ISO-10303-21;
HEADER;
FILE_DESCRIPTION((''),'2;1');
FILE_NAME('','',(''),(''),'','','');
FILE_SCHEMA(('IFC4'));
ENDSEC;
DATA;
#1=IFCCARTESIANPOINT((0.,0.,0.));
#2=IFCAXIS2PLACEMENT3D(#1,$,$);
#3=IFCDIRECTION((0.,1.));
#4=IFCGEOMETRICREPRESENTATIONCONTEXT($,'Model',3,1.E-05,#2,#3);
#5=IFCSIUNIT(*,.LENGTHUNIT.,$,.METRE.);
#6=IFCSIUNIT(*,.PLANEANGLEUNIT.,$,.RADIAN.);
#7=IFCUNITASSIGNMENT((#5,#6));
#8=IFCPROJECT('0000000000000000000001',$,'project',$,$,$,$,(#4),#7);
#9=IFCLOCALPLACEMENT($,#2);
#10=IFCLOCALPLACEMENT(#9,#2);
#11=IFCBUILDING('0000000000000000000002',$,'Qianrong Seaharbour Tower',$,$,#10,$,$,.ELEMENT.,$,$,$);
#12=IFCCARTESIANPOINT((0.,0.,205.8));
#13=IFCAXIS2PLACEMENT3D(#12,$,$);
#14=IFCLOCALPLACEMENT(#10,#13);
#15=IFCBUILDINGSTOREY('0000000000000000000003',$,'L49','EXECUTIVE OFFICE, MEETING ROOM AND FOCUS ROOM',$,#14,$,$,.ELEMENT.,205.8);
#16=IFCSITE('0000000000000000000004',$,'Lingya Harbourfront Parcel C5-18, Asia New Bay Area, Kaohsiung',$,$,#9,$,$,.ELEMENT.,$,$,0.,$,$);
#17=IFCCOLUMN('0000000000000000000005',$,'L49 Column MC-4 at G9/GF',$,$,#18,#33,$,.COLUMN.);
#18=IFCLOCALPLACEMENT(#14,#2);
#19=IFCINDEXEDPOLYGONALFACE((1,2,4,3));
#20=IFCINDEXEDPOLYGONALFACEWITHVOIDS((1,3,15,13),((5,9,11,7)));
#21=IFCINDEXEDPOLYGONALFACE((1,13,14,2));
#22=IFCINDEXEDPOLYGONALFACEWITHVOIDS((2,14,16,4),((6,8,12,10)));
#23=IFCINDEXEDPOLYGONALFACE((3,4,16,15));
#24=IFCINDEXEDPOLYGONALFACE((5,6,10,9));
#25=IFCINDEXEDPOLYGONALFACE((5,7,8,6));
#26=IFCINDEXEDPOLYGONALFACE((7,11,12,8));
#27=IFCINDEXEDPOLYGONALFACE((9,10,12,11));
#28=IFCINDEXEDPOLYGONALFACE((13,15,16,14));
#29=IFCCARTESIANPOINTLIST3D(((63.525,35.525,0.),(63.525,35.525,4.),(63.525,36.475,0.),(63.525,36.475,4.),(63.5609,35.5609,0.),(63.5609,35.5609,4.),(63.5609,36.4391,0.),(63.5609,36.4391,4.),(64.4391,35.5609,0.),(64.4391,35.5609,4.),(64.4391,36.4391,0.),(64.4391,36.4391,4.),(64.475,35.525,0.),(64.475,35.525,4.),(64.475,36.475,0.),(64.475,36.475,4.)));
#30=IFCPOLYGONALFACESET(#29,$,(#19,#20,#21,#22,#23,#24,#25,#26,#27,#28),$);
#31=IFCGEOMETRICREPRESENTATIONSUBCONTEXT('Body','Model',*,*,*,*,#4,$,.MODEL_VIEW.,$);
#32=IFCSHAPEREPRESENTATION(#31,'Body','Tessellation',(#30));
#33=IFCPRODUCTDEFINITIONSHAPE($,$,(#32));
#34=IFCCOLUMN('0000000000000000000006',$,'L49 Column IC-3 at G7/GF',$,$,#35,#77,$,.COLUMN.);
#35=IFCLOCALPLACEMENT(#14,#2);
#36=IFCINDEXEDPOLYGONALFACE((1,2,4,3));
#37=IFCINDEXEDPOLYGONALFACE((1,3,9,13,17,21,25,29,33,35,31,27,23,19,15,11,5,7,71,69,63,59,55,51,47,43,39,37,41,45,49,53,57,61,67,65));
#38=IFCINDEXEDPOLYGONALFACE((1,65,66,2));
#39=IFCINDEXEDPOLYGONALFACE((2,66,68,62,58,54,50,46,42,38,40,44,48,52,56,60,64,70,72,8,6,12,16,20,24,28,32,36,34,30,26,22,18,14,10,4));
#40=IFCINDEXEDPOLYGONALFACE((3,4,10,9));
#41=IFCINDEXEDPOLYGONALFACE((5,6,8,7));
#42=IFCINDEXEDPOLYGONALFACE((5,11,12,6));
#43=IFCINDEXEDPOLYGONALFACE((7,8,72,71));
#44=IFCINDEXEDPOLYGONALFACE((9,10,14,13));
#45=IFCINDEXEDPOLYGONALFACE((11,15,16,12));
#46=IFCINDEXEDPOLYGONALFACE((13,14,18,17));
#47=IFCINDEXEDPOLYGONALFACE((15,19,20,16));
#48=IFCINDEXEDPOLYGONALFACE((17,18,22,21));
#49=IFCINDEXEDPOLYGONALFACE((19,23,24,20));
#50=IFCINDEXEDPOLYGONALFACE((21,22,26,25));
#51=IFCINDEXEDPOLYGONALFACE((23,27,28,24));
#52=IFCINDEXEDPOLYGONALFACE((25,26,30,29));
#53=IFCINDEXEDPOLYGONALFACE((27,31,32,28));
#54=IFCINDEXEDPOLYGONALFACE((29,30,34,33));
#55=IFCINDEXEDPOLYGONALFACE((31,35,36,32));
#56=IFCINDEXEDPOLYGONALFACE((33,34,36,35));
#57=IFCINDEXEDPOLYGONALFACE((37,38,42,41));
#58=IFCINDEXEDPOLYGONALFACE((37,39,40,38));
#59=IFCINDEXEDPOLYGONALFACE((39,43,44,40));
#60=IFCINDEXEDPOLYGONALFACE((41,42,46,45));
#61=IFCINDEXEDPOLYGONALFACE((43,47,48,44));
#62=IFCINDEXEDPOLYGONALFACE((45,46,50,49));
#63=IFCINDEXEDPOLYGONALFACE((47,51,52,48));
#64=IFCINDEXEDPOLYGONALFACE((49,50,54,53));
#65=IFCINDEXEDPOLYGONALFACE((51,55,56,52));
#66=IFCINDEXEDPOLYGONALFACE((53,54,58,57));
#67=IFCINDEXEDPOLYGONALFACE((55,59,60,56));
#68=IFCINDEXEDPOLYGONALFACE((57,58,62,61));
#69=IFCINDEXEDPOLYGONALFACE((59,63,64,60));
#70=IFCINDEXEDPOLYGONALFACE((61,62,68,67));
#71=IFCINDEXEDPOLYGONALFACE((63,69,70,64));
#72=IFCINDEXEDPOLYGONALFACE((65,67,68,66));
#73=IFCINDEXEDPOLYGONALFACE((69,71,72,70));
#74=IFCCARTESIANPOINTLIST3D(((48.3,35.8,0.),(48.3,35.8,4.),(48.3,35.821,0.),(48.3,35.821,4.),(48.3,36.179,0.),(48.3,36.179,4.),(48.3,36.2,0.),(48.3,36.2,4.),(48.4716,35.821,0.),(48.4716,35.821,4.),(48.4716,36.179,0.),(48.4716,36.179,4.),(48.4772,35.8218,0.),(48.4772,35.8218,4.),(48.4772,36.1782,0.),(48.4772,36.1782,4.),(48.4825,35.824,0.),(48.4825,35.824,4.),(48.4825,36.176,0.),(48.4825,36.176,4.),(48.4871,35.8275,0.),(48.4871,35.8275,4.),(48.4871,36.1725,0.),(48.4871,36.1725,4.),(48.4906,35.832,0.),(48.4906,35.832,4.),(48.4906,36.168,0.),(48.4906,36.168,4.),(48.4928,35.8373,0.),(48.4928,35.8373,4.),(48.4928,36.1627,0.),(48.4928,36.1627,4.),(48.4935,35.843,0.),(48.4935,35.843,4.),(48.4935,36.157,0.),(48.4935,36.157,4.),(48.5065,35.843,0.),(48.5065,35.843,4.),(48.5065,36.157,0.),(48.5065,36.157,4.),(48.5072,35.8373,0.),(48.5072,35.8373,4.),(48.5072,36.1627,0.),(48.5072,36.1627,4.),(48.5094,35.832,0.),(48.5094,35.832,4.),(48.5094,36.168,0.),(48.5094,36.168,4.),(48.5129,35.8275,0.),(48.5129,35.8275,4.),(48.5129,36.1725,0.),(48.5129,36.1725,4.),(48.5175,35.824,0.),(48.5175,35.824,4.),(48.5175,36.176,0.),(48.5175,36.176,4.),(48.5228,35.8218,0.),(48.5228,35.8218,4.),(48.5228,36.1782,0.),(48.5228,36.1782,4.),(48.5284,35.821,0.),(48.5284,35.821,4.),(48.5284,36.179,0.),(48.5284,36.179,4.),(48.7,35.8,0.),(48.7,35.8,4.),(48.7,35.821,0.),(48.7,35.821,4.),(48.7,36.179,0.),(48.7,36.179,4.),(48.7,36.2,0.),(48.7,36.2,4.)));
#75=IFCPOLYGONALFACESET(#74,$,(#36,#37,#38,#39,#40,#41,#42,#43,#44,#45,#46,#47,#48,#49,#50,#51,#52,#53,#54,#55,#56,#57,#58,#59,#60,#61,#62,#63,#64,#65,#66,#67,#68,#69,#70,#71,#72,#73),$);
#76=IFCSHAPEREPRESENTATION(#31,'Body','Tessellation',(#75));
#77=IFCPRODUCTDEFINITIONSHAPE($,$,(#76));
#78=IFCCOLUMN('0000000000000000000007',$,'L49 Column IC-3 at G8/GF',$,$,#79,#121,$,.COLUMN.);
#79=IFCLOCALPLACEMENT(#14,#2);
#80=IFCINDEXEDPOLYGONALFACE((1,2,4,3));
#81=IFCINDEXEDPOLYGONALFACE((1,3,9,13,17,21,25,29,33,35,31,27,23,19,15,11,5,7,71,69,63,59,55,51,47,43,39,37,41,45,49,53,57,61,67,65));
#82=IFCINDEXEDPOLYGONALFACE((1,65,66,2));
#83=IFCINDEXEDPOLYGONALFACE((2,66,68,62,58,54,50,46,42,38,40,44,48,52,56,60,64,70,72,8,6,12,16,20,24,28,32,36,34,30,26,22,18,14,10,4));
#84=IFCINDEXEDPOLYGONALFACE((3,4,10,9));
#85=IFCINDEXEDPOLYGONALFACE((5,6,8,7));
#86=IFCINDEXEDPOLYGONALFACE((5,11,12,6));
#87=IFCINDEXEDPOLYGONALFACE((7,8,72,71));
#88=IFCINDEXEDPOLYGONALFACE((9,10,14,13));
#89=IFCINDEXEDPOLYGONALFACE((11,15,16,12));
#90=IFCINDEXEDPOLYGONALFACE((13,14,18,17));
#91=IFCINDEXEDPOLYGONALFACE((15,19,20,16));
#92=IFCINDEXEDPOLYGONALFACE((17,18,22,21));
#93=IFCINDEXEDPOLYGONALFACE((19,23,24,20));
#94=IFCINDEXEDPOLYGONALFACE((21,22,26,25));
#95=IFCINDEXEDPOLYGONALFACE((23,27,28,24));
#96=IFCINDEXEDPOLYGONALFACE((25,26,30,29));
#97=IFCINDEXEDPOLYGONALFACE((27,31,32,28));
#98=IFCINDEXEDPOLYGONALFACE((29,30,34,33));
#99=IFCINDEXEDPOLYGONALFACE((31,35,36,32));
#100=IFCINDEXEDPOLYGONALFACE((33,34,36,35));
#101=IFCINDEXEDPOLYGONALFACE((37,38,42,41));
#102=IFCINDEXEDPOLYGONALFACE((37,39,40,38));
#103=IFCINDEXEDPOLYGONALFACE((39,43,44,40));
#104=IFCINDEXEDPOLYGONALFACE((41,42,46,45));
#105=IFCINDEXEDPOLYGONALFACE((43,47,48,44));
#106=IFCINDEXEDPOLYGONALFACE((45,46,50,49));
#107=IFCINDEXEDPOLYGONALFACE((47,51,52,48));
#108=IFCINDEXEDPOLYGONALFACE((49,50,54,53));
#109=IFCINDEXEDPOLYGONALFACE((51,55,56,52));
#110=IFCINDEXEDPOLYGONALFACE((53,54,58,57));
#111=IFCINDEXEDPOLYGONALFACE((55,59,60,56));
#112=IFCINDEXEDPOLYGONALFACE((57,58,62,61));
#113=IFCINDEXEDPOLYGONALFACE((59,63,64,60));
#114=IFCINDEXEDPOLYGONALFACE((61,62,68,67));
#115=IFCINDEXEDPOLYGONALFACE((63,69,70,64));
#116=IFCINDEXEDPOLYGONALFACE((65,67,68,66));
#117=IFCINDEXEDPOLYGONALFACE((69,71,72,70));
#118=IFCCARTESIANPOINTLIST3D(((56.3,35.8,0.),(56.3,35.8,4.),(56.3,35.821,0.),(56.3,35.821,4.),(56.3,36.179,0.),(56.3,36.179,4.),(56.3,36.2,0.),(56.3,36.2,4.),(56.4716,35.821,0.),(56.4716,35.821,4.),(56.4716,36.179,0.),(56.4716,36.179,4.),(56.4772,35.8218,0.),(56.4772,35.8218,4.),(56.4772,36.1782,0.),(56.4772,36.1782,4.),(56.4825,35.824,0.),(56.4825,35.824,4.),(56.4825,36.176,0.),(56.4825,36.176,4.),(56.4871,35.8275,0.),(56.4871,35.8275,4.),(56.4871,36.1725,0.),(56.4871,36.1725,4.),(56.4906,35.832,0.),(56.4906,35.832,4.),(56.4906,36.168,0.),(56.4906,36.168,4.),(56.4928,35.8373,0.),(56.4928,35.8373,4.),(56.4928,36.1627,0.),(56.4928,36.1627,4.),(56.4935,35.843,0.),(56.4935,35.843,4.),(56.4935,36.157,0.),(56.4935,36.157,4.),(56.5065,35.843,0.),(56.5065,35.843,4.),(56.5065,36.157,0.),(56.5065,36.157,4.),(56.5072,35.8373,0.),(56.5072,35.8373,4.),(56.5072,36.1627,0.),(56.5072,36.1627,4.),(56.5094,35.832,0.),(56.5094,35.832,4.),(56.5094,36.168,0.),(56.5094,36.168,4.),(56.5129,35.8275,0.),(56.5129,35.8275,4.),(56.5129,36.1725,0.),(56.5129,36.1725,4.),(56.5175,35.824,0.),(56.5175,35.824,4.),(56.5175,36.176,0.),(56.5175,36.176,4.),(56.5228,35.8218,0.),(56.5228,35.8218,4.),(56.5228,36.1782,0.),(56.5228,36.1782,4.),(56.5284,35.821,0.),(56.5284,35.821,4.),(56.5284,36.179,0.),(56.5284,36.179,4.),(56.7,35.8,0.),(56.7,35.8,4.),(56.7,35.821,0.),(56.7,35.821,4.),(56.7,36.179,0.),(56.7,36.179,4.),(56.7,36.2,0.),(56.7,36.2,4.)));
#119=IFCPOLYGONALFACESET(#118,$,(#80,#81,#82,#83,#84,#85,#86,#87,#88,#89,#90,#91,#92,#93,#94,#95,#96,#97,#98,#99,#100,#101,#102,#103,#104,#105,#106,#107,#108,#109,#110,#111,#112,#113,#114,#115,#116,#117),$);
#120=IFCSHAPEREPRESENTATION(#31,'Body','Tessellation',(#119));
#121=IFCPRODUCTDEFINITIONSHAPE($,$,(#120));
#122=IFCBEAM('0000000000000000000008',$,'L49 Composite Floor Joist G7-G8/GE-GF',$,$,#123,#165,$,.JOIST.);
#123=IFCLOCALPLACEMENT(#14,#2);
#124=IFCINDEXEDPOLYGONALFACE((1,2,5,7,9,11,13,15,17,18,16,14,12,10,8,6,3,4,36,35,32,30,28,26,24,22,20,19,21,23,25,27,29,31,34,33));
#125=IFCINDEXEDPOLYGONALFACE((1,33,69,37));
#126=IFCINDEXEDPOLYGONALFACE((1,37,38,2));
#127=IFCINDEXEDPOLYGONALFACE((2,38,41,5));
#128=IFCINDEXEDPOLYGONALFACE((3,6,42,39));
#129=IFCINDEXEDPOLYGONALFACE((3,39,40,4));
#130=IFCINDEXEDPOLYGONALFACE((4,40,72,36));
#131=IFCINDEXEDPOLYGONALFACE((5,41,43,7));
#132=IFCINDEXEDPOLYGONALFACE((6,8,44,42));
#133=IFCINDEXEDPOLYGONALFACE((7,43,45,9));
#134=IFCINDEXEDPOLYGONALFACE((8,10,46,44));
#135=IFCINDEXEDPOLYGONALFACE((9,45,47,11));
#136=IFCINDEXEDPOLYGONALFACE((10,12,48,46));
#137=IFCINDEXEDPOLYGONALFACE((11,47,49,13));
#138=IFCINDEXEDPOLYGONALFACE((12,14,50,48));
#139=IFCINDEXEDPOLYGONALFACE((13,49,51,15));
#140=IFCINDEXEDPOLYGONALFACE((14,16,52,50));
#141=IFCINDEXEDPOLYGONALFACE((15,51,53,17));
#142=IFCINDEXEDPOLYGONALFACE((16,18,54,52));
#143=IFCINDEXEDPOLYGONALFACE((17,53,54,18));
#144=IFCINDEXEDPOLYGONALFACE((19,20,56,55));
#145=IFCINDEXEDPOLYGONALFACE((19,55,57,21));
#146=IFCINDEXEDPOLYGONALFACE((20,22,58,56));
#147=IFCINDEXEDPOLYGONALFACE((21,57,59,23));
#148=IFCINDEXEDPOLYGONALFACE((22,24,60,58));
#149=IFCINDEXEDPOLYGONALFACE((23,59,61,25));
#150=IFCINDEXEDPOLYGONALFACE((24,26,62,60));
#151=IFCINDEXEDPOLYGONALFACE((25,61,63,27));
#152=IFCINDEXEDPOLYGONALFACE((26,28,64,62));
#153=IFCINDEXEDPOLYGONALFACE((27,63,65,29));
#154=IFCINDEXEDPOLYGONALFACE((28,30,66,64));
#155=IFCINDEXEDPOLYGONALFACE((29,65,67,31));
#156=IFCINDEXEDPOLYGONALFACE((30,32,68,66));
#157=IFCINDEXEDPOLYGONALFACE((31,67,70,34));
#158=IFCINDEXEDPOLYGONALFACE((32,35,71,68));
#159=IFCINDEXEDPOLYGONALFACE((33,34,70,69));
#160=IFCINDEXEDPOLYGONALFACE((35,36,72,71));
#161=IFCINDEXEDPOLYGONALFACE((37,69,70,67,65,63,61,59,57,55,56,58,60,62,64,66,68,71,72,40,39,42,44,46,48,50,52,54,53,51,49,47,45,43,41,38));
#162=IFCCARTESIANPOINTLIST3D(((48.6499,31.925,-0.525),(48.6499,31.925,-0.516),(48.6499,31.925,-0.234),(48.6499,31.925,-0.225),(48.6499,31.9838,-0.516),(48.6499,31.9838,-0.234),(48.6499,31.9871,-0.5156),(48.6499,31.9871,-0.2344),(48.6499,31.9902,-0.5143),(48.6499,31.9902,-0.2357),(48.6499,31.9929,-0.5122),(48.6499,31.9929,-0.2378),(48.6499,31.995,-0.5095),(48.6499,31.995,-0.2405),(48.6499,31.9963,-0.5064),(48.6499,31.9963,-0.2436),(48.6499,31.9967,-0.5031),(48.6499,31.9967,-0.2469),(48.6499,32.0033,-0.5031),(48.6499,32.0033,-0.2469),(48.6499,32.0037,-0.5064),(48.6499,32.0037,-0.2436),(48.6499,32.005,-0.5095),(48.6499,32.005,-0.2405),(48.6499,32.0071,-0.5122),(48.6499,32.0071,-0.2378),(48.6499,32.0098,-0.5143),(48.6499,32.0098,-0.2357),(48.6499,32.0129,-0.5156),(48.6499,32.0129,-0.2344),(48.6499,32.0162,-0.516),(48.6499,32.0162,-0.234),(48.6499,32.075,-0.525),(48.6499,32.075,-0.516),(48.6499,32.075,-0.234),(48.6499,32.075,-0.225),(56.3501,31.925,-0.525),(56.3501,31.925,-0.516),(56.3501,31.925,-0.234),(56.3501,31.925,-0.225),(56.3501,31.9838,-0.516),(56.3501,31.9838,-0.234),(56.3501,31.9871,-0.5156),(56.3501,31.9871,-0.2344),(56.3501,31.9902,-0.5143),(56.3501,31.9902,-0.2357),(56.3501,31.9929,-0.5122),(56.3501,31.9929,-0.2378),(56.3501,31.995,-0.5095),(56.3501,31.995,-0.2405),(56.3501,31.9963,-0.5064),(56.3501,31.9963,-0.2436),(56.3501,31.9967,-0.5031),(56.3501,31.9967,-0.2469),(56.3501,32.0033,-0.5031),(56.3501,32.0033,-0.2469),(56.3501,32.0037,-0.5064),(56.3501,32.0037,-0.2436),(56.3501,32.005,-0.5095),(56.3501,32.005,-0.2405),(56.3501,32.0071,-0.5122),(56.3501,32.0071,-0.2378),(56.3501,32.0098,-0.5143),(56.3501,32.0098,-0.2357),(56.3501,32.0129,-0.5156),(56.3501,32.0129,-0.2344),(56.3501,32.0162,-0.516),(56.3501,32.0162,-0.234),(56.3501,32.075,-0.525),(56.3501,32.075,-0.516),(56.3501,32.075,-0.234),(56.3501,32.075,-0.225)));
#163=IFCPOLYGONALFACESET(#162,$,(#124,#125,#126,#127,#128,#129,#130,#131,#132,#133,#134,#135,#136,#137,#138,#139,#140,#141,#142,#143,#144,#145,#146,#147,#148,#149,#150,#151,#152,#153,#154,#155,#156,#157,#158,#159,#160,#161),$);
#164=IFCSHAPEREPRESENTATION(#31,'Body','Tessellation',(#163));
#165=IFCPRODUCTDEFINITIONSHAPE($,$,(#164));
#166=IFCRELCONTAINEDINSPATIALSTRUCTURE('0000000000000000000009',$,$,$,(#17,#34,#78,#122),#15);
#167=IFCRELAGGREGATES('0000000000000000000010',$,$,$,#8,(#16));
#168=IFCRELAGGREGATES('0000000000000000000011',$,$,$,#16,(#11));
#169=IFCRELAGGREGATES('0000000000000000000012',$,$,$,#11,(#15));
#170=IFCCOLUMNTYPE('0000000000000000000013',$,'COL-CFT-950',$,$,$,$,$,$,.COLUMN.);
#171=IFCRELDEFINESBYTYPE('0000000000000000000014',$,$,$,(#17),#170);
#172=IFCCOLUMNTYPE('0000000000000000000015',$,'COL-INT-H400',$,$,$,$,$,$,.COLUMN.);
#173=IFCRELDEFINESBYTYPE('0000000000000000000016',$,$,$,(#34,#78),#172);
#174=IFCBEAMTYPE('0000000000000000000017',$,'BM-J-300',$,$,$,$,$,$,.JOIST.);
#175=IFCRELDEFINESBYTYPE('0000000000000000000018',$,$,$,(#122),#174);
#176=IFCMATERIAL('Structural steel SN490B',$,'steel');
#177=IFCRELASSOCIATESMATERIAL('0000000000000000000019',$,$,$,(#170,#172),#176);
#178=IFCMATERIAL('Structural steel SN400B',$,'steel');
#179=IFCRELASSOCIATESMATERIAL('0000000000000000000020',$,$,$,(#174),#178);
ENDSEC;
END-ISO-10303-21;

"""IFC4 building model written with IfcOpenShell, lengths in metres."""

from ifc_helpers import new_model, si_unit, direction, frame, origin, origin_2d, place, context, subcontext, project, spatial, hollow_rectangle, i_section, extrude, material, material_profile, profile_set, type_object, element, save


model = new_model("IFC4")

# Units and contexts
model_context = context("Model", 3, precision=1e-05, world=origin(), true_north=direction((0.0, 1.0)))
body_context = subcontext(model_context, "Body", "Model", "MODEL_VIEW")
ifc_project = project(units=[si_unit("LENGTHUNIT", "METRE"), si_unit("PLANEANGLEUNIT", "RADIAN")], contexts=[model_context])

# Site, building, storey
site_placement = place(None, origin())
site = spatial("IfcSite", under=ifc_project, at=site_placement, Name="Lingya Harbourfront Parcel C5-18, Asia New Bay Area, Kaohsiung", CompositionType="ELEMENT", RefElevation=0.0)
building_placement = place(site_placement, origin())
building = spatial("IfcBuilding", under=site, at=building_placement, Name="Qianrong Seaharbour Tower", CompositionType="ELEMENT")
storey_placement = place(building_placement, frame((0.0, 0.0, 205.8)))
storey = spatial("IfcBuildingStorey", under=building, at=storey_placement, Name="L49", Description="EXECUTIVE OFFICE, MEETING ROOM AND FOCUS ROOM", CompositionType="ELEMENT", Elevation=205.8)

# Columns
ifc_material_1 = material(Name="Structural steel SN490B", Category="steel")
ifc_material_profile_1 = material_profile(ifc_material_1, hollow_rectangle(XDim=0.95, YDim=0.95, WallThickness=0.0359, at=origin_2d()), Name="BOX950x950x36")
ifc_profile_set_1 = profile_set([ifc_material_profile_1], Name="Structural steel SN490B")
column_type_1 = type_object("IfcColumnType", Name="COL-CFT-950", PredefinedType="COLUMN", material=ifc_profile_set_1)
column_placement = place(storey_placement, frame((64.0, 36.0, 0.0), z_axis=(0.0, 0.0, 1.0), x_axis=(1.0, 0.0, 0.0)))
element("IfcColumn", 1, at=column_placement, inside=storey, type_object=column_type_1, Name="L49 Column MC-4 at G9/GF", PredefinedType="COLUMN", context=body_context, shape_type="SweptSolid", body=[
    extrude(hollow_rectangle(XDim=0.95, YDim=0.95, WallThickness=0.0359, at=origin_2d()), origin(), (0.0, 0.0, 1.0), 4.0),
])
ifc_material_profile_2 = material_profile(ifc_material_1, i_section(OverallWidth=0.3999, OverallDepth=0.3999, WebThickness=0.0129, FlangeThickness=0.021, FilletRadius=0.022, at=origin_2d()), Name="H400x400x13x21")
ifc_profile_set_2 = profile_set([ifc_material_profile_2], Name="Structural steel SN490B")
column_type_2 = type_object("IfcColumnType", Name="COL-INT-H400", PredefinedType="COLUMN", material=ifc_profile_set_2)
for number, where, z_axis, x_axis, name in (
    (2, (48.5, 36.0, 0.0), (0.0, 0.0, 1.0), (1.0, 0.0, 0.0), "L49 Column IC-3 at G7/GF"),
    (3, (56.5, 36.0, 0.0), (0.0, 0.0, 1.0), (1.0, 0.0, 0.0), "L49 Column IC-3 at G8/GF"),
):
    element("IfcColumn", number, at=place(storey_placement, frame(where, z_axis=z_axis, x_axis=x_axis)), inside=storey, type_object=column_type_2, Name=name, PredefinedType="COLUMN", context=body_context, shape_type="SweptSolid", body=[
        extrude(i_section(OverallWidth=0.3999, OverallDepth=0.3999, WebThickness=0.0129, FlangeThickness=0.021, FilletRadius=0.022, at=origin_2d()), origin(), (0.0, 0.0, 1.0), 4.0),
    ])

# Beam
ifc_material_2 = material(Name="Structural steel SN400B", Category="steel")
ifc_material_profile_3 = material_profile(ifc_material_2, i_section(OverallWidth=0.1499, OverallDepth=0.3, WebThickness=0.0066, FlangeThickness=0.009, FilletRadius=0.0129, at=origin_2d()), Name="H300x150x6.5x9")
ifc_profile_set_3 = profile_set([ifc_material_profile_3], Name="Structural steel SN400B")
beam_type_1 = type_object("IfcBeamType", Name="BM-J-300", PredefinedType="JOIST", material=ifc_profile_set_3)
beam_1_placement = place(storey_placement, frame((48.6499, 32.0, -0.375), z_axis=(1.0, 0.0, 0.0), x_axis=(0.0, 1.0, 0.0)))
element("IfcBeam", 4, at=beam_1_placement, inside=storey, type_object=beam_type_1, Name="L49 Composite Floor Joist G7-G8/GE-GF", PredefinedType="JOIST", context=body_context, shape_type="SweptSolid", body=[
    extrude(i_section(OverallWidth=0.1499, OverallDepth=0.3, WebThickness=0.0066, FlangeThickness=0.009, FilletRadius=0.0129, at=origin_2d()), origin(), (0.0, 0.0, 1.0), 7.7002),
])

save(model, "model.ifc")
